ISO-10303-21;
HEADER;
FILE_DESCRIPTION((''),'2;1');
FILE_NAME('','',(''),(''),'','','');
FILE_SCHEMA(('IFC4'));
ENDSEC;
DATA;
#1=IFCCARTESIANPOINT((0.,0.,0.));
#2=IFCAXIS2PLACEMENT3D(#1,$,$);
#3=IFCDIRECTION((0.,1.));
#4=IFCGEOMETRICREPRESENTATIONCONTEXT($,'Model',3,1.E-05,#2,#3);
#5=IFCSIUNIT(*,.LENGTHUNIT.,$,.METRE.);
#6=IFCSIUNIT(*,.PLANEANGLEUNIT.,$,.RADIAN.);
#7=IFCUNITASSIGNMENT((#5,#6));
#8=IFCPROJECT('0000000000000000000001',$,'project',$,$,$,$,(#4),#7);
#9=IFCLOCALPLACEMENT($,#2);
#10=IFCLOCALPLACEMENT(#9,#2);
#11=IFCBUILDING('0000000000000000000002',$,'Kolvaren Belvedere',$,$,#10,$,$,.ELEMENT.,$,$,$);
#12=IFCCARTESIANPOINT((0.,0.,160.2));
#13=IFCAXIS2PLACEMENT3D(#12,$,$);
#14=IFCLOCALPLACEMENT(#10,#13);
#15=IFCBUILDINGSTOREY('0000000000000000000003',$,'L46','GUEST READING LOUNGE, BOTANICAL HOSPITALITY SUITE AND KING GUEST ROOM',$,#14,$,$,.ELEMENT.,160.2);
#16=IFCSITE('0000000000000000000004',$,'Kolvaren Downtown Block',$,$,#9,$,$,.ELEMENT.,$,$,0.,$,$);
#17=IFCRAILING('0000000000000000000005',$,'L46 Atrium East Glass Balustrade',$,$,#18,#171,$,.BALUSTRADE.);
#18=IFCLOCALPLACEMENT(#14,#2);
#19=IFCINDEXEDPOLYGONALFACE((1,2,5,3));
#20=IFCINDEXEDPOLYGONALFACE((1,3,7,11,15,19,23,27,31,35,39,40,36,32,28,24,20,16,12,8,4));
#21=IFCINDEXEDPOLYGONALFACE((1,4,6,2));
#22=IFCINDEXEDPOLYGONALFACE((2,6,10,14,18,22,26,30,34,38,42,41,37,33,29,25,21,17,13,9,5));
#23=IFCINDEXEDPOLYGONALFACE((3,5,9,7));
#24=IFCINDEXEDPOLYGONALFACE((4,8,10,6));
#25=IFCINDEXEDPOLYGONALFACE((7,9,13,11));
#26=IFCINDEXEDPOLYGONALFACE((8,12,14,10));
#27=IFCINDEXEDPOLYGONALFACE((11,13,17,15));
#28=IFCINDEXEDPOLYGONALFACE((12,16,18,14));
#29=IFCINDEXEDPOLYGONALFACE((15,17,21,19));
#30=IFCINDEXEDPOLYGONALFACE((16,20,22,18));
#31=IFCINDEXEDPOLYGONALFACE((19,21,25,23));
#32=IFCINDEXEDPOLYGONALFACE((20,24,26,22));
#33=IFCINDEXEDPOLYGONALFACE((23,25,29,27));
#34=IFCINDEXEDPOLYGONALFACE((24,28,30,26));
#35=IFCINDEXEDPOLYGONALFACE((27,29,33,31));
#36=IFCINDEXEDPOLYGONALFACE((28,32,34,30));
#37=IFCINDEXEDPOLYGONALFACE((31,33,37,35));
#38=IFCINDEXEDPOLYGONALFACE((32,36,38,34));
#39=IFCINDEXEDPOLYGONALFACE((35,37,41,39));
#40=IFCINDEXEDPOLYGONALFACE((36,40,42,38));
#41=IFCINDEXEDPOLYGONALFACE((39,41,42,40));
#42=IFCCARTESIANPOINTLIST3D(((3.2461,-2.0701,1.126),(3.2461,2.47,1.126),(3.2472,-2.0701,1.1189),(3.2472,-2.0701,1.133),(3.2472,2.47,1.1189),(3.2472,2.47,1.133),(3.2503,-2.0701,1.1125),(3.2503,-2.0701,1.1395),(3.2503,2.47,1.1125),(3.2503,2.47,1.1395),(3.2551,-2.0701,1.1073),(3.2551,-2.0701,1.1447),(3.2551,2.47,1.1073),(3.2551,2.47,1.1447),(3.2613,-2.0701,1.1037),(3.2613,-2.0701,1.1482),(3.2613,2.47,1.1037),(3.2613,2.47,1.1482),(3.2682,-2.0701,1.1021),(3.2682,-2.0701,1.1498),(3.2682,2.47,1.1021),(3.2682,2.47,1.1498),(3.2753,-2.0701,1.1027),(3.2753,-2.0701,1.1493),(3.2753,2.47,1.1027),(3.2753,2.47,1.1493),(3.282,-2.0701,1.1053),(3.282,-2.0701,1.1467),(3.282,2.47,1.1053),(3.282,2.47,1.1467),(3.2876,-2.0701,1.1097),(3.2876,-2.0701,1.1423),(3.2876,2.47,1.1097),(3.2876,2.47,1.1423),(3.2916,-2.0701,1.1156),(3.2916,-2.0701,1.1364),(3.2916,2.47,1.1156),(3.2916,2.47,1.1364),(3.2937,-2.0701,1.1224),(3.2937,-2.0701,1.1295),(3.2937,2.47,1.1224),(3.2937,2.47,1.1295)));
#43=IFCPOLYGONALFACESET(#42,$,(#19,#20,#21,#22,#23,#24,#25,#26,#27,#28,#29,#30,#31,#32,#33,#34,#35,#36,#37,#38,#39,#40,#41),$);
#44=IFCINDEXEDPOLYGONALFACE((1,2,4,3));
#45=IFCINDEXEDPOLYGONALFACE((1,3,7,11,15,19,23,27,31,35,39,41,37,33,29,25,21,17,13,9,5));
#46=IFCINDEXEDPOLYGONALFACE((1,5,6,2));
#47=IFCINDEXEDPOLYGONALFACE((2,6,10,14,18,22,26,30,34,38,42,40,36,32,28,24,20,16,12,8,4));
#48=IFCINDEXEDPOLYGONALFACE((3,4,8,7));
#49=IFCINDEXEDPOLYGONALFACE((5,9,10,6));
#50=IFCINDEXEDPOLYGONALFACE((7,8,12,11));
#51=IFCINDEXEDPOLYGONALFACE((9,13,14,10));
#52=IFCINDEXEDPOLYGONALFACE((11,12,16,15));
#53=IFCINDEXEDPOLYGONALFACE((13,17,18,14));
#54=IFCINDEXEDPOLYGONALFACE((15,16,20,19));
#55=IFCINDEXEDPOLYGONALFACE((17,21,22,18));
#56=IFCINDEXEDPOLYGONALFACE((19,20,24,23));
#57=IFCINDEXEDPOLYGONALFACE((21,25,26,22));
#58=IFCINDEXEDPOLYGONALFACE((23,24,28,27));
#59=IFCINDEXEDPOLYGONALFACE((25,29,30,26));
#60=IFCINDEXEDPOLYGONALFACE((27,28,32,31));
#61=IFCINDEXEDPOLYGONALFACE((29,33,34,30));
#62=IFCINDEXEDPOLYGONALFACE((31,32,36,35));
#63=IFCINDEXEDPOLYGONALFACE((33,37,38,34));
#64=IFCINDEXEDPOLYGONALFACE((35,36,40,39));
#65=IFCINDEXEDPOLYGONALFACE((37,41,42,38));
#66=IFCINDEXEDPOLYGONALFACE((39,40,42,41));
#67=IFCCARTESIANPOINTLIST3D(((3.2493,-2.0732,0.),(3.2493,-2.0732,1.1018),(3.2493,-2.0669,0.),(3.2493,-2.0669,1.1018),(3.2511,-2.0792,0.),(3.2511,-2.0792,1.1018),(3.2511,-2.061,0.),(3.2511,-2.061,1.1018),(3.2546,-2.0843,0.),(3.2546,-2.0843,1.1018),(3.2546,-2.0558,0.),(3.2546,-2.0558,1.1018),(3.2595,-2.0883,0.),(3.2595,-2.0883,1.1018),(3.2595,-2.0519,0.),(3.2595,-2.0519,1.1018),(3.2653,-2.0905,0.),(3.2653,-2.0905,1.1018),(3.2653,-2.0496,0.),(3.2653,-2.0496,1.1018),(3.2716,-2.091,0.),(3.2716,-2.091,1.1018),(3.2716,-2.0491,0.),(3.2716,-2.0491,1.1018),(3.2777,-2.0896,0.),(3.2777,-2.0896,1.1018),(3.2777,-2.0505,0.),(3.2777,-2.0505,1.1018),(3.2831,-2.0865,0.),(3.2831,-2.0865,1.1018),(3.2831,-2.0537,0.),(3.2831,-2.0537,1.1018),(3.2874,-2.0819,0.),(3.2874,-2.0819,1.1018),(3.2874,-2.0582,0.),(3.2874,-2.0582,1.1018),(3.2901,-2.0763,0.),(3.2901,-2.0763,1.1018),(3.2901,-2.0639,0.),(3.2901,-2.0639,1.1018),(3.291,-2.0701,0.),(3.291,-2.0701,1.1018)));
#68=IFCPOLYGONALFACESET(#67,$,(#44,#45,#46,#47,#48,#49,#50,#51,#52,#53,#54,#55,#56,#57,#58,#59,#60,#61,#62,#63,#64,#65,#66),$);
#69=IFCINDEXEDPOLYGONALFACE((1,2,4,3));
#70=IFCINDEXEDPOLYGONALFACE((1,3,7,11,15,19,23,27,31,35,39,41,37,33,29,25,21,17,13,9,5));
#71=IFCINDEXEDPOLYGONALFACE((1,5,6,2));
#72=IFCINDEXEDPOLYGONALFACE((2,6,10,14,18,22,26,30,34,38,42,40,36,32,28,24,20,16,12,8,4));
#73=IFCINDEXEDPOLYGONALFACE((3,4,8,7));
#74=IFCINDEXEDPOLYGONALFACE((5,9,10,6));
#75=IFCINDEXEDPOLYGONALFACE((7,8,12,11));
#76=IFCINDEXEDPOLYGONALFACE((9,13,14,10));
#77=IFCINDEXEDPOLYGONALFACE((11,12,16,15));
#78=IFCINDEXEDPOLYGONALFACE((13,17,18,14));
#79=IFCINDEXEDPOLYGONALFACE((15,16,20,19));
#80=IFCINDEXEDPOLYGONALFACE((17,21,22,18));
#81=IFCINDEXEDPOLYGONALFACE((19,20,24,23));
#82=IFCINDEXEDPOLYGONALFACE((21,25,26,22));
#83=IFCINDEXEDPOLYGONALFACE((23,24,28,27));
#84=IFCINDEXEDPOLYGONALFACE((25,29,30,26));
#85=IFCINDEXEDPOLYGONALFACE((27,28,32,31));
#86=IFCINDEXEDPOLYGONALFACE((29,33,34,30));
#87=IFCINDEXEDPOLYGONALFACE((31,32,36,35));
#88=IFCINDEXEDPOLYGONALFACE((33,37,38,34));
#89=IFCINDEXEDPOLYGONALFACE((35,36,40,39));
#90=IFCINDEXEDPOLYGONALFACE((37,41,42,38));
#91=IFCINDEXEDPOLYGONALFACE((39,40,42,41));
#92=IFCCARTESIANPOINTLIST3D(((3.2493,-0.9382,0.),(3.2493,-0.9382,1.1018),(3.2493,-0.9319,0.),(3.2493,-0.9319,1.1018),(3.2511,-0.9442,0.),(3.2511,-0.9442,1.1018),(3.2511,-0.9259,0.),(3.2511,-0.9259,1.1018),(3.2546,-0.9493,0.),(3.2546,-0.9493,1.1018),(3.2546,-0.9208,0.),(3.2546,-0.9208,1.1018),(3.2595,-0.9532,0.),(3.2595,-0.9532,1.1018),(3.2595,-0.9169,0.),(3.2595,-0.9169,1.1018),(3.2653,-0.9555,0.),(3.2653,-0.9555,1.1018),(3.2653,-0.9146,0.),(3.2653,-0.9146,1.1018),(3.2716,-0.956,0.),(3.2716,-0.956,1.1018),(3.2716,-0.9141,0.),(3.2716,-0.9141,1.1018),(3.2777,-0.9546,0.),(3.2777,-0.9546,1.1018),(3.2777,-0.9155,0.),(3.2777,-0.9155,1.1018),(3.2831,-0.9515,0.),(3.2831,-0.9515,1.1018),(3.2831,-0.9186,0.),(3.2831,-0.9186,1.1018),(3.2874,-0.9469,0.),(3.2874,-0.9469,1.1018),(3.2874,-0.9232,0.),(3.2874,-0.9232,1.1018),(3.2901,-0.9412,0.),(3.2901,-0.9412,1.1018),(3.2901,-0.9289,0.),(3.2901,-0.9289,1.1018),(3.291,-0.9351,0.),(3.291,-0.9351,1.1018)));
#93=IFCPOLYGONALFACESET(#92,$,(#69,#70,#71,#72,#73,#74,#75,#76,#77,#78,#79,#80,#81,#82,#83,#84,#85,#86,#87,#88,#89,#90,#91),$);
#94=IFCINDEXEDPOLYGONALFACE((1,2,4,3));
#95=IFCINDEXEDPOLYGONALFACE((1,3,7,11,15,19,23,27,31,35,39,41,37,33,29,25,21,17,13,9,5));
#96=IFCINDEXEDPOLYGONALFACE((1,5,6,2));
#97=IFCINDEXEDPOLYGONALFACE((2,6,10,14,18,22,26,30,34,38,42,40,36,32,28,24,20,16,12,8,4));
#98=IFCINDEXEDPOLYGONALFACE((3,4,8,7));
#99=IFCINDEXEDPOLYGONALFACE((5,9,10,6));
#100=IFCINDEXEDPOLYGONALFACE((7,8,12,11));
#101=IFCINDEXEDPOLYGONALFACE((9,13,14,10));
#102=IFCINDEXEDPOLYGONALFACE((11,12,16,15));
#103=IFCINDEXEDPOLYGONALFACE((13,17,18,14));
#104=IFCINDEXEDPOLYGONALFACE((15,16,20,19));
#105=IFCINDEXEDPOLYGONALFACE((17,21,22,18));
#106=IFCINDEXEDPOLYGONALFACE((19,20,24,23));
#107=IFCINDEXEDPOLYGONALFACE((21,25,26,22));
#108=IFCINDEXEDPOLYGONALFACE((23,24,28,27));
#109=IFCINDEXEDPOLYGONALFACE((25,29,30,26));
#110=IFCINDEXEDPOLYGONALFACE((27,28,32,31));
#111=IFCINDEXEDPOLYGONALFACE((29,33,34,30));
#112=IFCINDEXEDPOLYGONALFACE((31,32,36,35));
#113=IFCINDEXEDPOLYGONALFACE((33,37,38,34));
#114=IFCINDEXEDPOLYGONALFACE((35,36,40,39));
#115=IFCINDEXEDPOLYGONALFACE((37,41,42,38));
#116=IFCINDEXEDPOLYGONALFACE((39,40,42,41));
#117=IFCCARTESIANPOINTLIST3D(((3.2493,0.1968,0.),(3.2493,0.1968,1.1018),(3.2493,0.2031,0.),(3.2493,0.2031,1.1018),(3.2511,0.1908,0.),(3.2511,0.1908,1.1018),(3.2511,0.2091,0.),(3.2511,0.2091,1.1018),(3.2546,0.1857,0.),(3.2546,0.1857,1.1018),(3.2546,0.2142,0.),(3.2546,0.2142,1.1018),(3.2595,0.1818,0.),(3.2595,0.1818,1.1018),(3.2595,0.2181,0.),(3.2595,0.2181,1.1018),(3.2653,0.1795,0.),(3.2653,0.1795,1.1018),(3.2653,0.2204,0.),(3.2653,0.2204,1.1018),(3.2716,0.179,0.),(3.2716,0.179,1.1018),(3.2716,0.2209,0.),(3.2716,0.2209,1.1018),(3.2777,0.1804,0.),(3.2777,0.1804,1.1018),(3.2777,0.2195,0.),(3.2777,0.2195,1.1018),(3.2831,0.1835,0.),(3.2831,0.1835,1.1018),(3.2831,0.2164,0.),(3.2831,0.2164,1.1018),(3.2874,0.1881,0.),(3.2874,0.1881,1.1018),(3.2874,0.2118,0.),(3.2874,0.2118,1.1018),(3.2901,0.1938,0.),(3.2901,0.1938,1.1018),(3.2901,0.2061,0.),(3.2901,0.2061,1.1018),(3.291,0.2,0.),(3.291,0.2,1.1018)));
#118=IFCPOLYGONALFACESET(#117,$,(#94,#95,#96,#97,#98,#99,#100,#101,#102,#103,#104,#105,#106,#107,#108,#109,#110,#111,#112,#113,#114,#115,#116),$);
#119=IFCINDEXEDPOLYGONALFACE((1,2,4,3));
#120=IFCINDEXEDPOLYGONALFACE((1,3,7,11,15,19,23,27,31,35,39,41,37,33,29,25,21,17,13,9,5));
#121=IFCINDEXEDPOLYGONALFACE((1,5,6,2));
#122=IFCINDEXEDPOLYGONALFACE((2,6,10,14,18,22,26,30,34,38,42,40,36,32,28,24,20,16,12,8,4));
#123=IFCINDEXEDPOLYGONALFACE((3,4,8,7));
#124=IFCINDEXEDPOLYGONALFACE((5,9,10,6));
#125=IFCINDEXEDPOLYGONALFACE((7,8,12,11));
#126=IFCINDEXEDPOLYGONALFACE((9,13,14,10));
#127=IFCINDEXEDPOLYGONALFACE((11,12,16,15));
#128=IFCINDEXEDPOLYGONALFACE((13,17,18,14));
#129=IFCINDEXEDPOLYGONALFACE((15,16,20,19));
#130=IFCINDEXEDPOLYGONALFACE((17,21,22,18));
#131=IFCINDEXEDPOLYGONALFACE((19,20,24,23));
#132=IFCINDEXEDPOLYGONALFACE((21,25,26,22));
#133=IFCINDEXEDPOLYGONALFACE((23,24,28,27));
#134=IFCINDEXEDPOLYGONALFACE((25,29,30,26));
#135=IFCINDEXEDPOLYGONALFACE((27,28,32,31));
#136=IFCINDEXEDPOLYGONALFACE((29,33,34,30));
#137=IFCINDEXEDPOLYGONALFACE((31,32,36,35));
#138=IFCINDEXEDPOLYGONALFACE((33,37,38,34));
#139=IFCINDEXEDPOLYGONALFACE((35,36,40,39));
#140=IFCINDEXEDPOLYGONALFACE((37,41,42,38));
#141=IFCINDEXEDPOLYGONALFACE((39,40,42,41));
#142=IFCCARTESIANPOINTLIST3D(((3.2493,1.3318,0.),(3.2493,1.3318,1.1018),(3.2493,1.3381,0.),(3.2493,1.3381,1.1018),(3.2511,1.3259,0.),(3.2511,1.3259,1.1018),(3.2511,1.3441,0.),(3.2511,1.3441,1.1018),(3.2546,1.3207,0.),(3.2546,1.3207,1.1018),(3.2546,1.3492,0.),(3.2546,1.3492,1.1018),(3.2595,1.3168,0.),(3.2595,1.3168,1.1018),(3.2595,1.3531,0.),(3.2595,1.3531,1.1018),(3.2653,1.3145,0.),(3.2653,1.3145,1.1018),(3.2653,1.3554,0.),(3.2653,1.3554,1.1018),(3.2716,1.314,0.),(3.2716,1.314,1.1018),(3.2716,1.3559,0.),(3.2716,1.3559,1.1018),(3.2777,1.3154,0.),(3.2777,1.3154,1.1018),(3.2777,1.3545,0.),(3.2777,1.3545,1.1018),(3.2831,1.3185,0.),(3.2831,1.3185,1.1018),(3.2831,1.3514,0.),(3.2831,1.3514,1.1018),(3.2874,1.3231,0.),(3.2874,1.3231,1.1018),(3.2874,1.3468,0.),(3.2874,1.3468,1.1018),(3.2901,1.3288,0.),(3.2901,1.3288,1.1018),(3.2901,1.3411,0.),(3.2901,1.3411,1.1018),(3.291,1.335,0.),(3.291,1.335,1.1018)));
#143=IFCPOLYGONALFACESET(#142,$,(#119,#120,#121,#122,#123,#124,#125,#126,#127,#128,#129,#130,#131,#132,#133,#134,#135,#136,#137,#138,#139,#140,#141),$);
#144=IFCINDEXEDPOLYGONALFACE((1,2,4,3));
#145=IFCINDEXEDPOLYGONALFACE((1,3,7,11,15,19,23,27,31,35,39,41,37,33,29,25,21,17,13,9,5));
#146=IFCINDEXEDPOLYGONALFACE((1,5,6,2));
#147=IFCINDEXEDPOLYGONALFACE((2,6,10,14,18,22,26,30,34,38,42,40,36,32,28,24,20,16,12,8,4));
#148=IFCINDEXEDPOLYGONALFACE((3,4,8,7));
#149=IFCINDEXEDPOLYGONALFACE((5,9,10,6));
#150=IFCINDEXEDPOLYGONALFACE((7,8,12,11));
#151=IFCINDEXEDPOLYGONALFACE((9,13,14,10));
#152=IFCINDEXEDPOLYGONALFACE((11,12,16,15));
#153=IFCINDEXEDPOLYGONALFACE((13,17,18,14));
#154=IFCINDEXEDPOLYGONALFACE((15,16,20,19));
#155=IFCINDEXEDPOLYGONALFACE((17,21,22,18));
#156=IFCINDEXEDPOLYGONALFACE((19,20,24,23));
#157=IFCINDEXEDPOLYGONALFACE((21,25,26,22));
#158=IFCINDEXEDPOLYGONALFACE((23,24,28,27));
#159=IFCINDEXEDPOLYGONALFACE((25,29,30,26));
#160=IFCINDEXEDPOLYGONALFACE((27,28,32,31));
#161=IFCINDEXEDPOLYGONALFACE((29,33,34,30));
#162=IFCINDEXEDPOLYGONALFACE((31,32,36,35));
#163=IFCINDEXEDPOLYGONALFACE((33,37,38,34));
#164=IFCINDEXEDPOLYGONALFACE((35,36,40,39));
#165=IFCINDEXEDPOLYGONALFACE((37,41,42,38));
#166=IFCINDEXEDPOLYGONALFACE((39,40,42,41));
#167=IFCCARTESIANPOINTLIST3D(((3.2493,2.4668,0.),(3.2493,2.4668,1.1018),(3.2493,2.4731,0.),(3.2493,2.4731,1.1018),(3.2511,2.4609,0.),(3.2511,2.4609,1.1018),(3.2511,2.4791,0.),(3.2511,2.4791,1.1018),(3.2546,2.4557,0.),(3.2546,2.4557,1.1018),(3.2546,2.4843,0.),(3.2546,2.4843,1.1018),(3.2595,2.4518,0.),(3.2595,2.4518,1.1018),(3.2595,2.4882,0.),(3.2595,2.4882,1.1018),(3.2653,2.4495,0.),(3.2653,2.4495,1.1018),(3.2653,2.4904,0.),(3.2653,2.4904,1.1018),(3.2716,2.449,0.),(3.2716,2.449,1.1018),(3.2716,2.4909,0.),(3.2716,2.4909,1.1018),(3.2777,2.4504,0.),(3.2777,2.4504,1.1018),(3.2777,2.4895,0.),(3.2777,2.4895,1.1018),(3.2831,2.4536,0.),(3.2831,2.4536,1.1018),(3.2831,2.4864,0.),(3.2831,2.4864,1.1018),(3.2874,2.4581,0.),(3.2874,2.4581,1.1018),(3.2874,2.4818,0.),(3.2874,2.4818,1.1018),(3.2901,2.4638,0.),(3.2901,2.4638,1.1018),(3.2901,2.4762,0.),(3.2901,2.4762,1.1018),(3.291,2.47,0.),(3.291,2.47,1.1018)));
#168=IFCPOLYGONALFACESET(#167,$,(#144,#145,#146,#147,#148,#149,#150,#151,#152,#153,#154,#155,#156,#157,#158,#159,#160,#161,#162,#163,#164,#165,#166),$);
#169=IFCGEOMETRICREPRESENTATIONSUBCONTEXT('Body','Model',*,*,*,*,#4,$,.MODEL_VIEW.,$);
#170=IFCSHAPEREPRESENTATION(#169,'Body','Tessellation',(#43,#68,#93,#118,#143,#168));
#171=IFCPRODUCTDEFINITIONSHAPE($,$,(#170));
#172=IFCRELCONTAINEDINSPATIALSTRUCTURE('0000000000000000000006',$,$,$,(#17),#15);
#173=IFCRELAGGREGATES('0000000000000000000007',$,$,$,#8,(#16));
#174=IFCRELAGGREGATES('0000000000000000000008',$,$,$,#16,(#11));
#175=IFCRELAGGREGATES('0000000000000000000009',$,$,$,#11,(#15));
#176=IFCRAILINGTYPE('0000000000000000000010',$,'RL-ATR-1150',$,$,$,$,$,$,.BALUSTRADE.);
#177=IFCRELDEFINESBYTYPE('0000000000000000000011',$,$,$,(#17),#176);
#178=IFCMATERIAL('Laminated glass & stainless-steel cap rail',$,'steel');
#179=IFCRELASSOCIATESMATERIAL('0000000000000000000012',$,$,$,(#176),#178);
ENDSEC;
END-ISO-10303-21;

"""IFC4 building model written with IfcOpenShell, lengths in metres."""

from ifc_helpers import new_model, si_unit, direction, frame, origin, origin_2d, place, context, subcontext, project, spatial, circle, extrude, material, type_object, element, save


model = new_model("IFC4")

# Units and contexts
model_context = context("Model", 3, precision=1e-05, world=origin(), true_north=direction((0.0, 1.0)))
body_context = subcontext(model_context, "Body", "Model", "MODEL_VIEW")
ifc_project = project(units=[si_unit("LENGTHUNIT", "METRE"), si_unit("PLANEANGLEUNIT", "RADIAN")], contexts=[model_context])

# Site, building, storey
site_placement = place(None, origin())
site = spatial("IfcSite", under=ifc_project, at=site_placement, Name="Kolvaren Downtown Block", CompositionType="ELEMENT", RefElevation=0.0)
building_placement = place(site_placement, origin())
building = spatial("IfcBuilding", under=site, at=building_placement, Name="Kolvaren Belvedere", CompositionType="ELEMENT")
storey_placement = place(building_placement, frame((0.0, 0.0, 160.2)))
storey = spatial("IfcBuildingStorey", under=building, at=storey_placement, Name="L46", Description="GUEST READING LOUNGE, BOTANICAL HOSPITALITY SUITE AND KING GUEST ROOM", CompositionType="ELEMENT", Elevation=160.2)

# Railing
ifc_material_1 = material(Name="Laminated glass & stainless-steel cap rail", Category="steel")
railing_type_1 = type_object("IfcRailingType", Name="RL-ATR-1150", PredefinedType="BALUSTRADE", material=ifc_material_1)
railing_1_placement = place(storey_placement, frame((3.27, -2.0701, 0.0)))
element("IfcRailing", 1, at=railing_1_placement, inside=storey, type_object=railing_type_1, Name="L46 Atrium East Glass Balustrade", PredefinedType="BALUSTRADE", context=body_context, shape_type="SweptSolid", body=[
    extrude(circle(Radius=0.0239, at=origin_2d()), frame((0.0, 0.0, 1.126), z_axis=(0.0, 1.0, 0.0), x_axis=(-1.0, 0.0, 0.0)), (0.0, 0.0, 1.0), 4.54),
    extrude(circle(Radius=0.021, at=origin_2d()), origin(), (0.0, 0.0, 1.0), 1.1018),
    extrude(circle(Radius=0.021, at=origin_2d()), frame((0.0, 1.135, 0.0)), (0.0, 0.0, 1.0), 1.1018),
    extrude(circle(Radius=0.021, at=origin_2d()), frame((0.0, 2.27, 0.0)), (0.0, 0.0, 1.0), 1.1018),
    extrude(circle(Radius=0.021, at=origin_2d()), frame((0.0, 3.405, 0.0)), (0.0, 0.0, 1.0), 1.1018),
    extrude(circle(Radius=0.021, at=origin_2d()), frame((0.0, 4.54, 0.0)), (0.0, 0.0, 1.0), 1.1018),
])

save(model, "model.ifc")
